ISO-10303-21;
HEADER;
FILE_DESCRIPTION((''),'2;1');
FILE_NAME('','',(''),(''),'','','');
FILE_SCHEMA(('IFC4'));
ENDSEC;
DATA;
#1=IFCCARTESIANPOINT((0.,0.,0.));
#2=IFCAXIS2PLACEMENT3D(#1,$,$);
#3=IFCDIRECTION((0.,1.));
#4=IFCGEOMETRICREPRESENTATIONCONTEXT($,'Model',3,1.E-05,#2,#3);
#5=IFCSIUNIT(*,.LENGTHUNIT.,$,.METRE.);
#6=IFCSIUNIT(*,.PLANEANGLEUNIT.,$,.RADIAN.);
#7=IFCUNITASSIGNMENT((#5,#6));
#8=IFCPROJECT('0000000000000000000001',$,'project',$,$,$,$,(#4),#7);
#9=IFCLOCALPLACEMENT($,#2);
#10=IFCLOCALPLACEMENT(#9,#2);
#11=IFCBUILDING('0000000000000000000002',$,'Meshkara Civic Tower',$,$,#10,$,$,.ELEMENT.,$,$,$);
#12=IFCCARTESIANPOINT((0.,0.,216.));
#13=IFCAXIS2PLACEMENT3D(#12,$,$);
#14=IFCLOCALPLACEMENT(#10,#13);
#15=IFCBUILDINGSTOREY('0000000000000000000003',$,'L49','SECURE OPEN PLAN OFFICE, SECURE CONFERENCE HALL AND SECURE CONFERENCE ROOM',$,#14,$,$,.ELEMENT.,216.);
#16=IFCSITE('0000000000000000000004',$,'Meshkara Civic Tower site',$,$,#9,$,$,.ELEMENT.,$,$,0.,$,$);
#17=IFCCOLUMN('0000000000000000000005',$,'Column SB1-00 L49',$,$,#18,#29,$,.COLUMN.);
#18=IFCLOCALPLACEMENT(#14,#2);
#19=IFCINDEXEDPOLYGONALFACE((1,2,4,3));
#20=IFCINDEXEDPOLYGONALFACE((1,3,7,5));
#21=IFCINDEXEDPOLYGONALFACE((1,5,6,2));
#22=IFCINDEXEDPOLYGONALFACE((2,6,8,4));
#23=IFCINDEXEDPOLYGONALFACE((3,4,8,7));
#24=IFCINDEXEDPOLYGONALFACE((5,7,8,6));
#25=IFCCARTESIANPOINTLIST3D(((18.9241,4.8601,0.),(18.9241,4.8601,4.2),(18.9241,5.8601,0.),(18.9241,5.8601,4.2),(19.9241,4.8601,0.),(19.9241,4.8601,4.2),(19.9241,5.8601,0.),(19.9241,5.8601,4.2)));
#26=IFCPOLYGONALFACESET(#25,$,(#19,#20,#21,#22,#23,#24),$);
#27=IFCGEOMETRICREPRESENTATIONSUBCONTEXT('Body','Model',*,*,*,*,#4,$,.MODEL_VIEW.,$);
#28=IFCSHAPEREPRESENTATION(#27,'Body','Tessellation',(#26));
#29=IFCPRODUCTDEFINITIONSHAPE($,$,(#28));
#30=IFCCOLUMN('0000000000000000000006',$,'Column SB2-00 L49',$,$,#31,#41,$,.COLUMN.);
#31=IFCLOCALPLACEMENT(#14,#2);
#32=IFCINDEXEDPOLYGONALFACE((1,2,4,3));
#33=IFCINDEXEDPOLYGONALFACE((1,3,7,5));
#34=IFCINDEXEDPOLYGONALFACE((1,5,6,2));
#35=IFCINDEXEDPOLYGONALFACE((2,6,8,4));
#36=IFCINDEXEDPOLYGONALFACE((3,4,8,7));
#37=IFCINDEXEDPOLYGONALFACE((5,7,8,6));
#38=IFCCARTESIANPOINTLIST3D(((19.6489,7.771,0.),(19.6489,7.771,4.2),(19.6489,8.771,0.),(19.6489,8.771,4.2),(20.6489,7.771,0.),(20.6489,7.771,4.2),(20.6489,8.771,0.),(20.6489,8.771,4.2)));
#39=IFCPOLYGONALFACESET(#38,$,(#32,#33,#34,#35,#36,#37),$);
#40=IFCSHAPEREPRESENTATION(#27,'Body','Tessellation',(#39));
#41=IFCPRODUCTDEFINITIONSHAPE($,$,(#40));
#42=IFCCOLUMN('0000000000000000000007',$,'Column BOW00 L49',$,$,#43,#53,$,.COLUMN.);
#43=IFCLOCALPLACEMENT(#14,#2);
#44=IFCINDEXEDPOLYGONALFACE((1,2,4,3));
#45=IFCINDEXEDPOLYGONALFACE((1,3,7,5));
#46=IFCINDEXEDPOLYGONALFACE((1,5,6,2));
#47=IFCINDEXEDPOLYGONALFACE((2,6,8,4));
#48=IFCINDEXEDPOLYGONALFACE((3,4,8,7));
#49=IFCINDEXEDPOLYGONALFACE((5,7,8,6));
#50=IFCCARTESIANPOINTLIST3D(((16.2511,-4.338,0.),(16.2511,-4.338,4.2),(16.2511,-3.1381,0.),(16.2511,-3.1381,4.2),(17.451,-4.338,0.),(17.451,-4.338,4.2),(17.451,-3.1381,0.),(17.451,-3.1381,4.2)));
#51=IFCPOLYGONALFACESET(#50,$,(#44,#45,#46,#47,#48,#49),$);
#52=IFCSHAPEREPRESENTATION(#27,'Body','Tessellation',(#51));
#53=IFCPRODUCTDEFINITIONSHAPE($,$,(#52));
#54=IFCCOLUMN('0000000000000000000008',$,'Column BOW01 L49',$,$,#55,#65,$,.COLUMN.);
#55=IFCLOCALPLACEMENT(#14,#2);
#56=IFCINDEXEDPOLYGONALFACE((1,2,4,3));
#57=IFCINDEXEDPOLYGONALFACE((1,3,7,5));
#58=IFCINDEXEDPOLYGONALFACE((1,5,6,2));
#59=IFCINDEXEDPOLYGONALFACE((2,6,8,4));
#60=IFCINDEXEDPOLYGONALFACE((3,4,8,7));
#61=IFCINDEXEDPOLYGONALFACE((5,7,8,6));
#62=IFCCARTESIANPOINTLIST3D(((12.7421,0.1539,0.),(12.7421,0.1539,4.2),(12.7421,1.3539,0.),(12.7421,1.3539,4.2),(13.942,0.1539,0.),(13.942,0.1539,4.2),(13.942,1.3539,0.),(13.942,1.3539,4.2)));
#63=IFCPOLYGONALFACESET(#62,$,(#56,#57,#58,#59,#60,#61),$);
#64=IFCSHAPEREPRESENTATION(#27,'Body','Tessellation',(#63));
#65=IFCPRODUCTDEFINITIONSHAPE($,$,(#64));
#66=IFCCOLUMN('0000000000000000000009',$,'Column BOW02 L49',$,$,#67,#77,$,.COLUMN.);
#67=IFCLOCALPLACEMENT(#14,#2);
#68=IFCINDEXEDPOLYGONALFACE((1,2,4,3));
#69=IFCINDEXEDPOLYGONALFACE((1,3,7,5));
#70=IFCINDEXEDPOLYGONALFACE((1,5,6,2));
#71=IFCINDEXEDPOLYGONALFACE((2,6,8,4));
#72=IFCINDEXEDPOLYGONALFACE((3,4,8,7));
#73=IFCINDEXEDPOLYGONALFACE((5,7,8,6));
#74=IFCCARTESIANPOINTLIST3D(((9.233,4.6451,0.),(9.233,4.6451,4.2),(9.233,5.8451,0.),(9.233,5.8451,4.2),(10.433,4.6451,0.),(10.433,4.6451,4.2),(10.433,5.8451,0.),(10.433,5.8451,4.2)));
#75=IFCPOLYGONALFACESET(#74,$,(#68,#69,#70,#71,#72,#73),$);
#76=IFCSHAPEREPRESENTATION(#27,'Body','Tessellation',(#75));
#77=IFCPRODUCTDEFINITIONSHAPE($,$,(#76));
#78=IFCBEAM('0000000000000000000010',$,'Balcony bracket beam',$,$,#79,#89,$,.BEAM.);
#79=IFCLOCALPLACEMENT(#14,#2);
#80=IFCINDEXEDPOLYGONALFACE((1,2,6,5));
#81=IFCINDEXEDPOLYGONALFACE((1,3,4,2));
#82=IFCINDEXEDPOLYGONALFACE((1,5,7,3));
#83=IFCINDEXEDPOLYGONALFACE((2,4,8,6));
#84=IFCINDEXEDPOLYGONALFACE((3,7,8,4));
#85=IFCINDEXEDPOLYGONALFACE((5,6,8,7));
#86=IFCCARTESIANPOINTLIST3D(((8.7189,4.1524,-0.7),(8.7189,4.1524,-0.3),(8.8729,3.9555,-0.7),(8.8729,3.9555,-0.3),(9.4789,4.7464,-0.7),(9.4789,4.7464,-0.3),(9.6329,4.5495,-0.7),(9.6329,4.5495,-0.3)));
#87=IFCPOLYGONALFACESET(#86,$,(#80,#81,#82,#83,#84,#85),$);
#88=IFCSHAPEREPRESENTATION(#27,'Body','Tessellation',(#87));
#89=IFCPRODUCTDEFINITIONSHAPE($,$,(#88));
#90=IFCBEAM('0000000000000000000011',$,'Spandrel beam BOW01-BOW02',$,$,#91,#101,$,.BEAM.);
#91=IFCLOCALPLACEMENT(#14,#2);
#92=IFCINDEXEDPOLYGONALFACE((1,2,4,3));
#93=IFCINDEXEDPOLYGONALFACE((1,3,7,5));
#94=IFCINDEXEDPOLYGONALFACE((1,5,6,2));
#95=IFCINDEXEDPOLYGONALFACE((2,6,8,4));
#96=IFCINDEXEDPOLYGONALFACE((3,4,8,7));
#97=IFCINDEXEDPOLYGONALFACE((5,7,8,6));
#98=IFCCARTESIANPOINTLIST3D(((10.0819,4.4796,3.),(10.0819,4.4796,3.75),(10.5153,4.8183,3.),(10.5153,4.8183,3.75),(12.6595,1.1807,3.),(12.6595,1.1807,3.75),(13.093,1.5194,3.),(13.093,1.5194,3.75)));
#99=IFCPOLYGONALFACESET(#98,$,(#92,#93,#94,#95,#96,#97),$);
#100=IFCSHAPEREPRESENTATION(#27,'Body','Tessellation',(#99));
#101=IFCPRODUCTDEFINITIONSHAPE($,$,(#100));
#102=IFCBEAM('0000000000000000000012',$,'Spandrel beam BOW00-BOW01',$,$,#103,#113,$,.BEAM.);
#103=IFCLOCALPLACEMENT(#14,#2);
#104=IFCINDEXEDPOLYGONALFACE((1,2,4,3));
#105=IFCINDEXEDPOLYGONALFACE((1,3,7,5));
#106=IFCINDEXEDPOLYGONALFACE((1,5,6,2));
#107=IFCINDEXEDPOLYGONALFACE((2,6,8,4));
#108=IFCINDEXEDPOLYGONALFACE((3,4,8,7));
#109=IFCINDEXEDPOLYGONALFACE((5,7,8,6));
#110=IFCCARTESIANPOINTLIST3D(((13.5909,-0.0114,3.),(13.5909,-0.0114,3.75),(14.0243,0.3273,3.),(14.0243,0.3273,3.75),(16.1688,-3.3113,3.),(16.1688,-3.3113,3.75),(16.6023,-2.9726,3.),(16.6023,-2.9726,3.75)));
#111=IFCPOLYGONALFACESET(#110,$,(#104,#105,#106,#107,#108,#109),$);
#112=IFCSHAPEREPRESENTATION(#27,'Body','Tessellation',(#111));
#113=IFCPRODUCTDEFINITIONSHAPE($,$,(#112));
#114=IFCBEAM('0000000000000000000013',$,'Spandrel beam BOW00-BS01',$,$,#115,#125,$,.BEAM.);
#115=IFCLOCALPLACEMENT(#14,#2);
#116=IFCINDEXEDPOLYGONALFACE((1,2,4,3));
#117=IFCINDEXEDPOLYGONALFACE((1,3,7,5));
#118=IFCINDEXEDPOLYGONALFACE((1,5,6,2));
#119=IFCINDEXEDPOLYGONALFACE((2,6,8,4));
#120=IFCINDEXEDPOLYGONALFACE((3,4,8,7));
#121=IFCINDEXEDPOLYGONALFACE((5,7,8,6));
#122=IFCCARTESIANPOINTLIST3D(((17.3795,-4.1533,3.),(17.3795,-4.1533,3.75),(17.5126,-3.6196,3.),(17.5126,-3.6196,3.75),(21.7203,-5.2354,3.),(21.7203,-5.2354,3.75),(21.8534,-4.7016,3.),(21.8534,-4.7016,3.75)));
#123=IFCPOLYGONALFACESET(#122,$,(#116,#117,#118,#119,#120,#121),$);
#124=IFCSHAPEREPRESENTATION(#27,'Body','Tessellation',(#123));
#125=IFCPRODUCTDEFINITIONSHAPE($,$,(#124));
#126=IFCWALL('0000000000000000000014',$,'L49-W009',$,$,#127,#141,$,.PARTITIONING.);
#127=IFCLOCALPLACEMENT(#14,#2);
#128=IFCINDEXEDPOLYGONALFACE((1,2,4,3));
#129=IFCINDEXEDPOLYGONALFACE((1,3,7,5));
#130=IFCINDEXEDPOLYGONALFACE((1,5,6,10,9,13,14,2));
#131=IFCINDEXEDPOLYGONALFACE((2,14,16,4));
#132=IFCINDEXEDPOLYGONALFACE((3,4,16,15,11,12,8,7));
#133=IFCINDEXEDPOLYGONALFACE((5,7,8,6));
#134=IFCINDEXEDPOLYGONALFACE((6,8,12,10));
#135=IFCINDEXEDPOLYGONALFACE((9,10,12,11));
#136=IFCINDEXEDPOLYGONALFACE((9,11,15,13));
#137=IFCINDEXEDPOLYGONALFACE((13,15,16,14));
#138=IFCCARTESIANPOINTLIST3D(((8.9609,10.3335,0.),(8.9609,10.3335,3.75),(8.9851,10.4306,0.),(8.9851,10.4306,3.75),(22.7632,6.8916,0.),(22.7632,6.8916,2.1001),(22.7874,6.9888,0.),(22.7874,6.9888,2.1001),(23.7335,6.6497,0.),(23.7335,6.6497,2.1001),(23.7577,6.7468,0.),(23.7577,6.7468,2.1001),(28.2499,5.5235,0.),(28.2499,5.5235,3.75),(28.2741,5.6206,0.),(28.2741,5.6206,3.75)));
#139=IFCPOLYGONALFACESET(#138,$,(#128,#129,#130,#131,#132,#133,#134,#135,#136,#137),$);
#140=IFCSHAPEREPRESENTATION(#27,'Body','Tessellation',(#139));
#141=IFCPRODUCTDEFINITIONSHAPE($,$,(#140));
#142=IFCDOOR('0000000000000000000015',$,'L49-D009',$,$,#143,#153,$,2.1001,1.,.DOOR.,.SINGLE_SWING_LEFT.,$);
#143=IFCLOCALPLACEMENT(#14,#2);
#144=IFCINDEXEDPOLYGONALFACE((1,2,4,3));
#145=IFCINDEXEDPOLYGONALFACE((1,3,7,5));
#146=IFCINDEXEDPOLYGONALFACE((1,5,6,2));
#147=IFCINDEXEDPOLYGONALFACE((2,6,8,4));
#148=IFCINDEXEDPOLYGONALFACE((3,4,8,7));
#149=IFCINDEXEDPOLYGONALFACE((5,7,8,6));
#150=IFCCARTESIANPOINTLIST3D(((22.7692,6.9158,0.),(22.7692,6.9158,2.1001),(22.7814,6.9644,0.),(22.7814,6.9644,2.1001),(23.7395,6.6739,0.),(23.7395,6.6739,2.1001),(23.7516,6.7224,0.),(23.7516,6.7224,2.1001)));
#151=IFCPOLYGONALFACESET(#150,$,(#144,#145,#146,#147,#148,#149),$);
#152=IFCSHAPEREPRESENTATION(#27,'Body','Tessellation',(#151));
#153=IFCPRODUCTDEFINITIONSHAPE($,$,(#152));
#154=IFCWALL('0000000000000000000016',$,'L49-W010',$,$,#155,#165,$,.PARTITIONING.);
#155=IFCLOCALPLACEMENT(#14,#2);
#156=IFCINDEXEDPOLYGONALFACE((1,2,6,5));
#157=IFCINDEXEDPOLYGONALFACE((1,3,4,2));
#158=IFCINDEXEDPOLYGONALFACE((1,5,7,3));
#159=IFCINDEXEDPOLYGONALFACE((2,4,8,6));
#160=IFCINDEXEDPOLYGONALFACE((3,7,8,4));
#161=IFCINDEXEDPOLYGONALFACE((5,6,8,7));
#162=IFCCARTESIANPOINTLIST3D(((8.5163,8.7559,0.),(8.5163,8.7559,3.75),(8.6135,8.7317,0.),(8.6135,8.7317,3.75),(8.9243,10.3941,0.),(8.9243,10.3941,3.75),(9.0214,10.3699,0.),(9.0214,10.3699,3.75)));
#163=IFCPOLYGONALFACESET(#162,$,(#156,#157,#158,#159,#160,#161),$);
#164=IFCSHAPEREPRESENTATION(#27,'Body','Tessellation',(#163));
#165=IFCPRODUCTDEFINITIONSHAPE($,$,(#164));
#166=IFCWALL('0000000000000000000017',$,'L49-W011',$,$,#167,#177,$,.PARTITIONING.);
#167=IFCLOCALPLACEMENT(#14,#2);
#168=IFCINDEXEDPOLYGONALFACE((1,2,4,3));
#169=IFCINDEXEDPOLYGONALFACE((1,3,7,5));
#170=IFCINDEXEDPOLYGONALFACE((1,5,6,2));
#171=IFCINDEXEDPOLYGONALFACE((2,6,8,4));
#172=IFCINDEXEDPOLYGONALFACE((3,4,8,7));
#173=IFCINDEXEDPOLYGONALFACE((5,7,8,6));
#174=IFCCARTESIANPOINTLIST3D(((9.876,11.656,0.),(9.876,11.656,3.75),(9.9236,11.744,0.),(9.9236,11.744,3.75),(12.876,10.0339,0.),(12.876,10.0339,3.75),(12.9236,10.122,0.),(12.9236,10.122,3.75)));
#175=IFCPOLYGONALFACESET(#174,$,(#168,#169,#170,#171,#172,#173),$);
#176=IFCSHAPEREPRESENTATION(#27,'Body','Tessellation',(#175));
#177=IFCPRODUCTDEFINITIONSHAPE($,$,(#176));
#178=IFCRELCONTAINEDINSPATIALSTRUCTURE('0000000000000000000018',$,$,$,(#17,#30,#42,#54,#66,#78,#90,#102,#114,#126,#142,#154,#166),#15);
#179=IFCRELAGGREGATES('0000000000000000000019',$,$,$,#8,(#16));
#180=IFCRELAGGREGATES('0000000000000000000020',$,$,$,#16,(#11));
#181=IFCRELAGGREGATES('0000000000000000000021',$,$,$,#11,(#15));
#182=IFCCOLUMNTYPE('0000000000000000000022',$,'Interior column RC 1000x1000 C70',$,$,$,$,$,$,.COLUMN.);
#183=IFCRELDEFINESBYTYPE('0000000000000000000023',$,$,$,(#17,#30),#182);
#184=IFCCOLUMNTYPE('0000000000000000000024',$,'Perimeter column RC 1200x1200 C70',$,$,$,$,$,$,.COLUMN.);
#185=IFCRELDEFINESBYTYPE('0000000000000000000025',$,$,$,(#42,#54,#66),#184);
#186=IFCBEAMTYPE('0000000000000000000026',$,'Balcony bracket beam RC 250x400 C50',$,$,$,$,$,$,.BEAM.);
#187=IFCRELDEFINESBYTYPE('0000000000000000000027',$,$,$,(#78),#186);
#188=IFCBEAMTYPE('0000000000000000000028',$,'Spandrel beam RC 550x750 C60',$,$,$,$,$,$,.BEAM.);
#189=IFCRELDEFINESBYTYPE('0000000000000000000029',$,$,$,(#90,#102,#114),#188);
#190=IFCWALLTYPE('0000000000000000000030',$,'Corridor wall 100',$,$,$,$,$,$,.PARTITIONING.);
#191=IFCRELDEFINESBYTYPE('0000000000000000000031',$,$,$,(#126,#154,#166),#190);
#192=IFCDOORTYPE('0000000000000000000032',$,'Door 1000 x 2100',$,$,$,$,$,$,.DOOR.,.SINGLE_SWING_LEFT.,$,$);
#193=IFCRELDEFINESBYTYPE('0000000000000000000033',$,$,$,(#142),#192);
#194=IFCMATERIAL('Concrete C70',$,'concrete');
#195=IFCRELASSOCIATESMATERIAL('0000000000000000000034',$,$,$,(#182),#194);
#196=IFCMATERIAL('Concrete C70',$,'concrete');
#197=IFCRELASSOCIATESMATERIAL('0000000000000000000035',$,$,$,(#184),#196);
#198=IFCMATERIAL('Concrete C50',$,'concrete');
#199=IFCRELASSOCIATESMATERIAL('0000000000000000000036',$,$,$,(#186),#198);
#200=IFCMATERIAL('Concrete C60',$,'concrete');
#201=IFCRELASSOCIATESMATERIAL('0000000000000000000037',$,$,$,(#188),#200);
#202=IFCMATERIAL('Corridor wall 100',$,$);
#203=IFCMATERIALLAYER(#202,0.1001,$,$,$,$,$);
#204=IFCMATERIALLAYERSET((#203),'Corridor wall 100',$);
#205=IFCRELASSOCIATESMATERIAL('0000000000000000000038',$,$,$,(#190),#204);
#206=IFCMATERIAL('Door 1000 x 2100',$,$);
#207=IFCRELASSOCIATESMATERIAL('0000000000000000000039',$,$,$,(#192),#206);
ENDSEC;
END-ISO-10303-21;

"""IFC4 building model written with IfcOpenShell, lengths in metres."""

from ifc_helpers import new_model, si_unit, direction, frame, frame_2d, origin, origin_2d, place, context, subcontext, project, spatial, rectangle, extrude, material, layer, layer_set, material_profile, profile_set, type_object, element, fill, save


model = new_model("IFC4")

# Units and contexts
model_context = context("Model", 3, precision=1e-05, world=origin(), true_north=direction((0.0, 1.0)))
body_context = subcontext(model_context, "Body", "Model", "MODEL_VIEW")
ifc_project = project(units=[si_unit("LENGTHUNIT", "METRE"), si_unit("PLANEANGLEUNIT", "RADIAN")], contexts=[model_context])

# Site, building, storey
site_placement = place(None, origin())
site = spatial("IfcSite", under=ifc_project, at=site_placement, Name="Meshkara Civic Tower site", CompositionType="ELEMENT", RefElevation=0.0)
building_placement = place(site_placement, origin())
building = spatial("IfcBuilding", under=site, at=building_placement, Name="Meshkara Civic Tower", CompositionType="ELEMENT")
storey_placement = place(building_placement, frame((0.0, 0.0, 216.0)))
storey = spatial("IfcBuildingStorey", under=building, at=storey_placement, Name="L49", Description="SECURE OPEN PLAN OFFICE, SECURE CONFERENCE HALL AND SECURE CONFERENCE ROOM", CompositionType="ELEMENT", Elevation=216.0)

# Columns
ifc_material_1 = material(Name="Concrete C70", Category="concrete")
ifc_material_profile_1 = material_profile(ifc_material_1, rectangle(XDim=1.0, YDim=1.0, at=origin_2d()))
ifc_profile_set_1 = profile_set([ifc_material_profile_1], Name="Concrete C70")
column_type_1 = type_object("IfcColumnType", Name="Interior column RC 1000x1000 C70", PredefinedType="COLUMN", material=ifc_profile_set_1)
for number, where, z_axis, x_axis, name in (
    (1, (19.4241, 5.3601, 0.0), (0.0, 0.0, 1.0), (1.0, 0.0, 0.0), "Column SB1-00 L49"),
    (2, (20.1489, 8.271, 0.0), (0.0, 0.0, 1.0), (1.0, 0.0, 0.0), "Column SB2-00 L49"),
):
    element("IfcColumn", number, at=place(storey_placement, frame(where, z_axis=z_axis, x_axis=x_axis)), inside=storey, type_object=column_type_1, Name=name, PredefinedType="COLUMN", context=body_context, shape_type="SweptSolid", body=[
        extrude(rectangle(XDim=1.0, YDim=1.0, at=origin_2d()), origin(), (0.0, 0.0, 1.0), 4.2),
    ])
ifc_material_2 = material(Name="Concrete C70", Category="concrete")
ifc_material_profile_2 = material_profile(ifc_material_2, rectangle(XDim=1.2, YDim=1.2, at=origin_2d()))
ifc_profile_set_2 = profile_set([ifc_material_profile_2], Name="Concrete C70")
column_type_2 = type_object("IfcColumnType", Name="Perimeter column RC 1200x1200 C70", PredefinedType="COLUMN", material=ifc_profile_set_2)
for number, where, z_axis, x_axis, name in (
    (3, (16.8511, -3.738, 0.0), (0.0, 0.0, 1.0), (1.0, 0.0, 0.0), "Column BOW00 L49"),
    (4, (13.342, 0.7539, 0.0), (0.0, 0.0, 1.0), (1.0, 0.0, 0.0), "Column BOW01 L49"),
    (5, (9.833, 5.2451, 0.0), (0.0, 0.0, 1.0), (1.0, 0.0, 0.0), "Column BOW02 L49"),
):
    element("IfcColumn", number, at=place(storey_placement, frame(where, z_axis=z_axis, x_axis=x_axis)), inside=storey, type_object=column_type_2, Name=name, PredefinedType="COLUMN", context=body_context, shape_type="SweptSolid", body=[
        extrude(rectangle(XDim=1.2, YDim=1.2, at=origin_2d()), origin(), (0.0, 0.0, 1.0), 4.2),
    ])

# Beams
ifc_material_3 = material(Name="Concrete C50", Category="concrete")
ifc_material_profile_3 = material_profile(ifc_material_3, rectangle(XDim=0.25, YDim=0.3999, at=origin_2d()))
ifc_profile_set_3 = profile_set([ifc_material_profile_3], Name="Concrete C50")
beam_type_1 = type_object("IfcBeamType", Name="Balcony bracket beam RC 250x400 C50", PredefinedType="BEAM", material=ifc_profile_set_3)
beam_1_placement = place(storey_placement, frame((9.5559, 4.6479, -0.5), z_axis=(-0.787905, -0.615796, 0.0), x_axis=(0.615796, -0.787905, 0.0)))
element("IfcBeam", 6, at=beam_1_placement, inside=storey, type_object=beam_type_1, Name="Balcony bracket beam", PredefinedType="BEAM", context=body_context, shape_type="SweptSolid", body=[
    extrude(rectangle(XDim=0.25, YDim=0.3999, at=origin_2d()), origin(), (0.0, 0.0, 1.0), 0.9646),
])
ifc_material_4 = material(Name="Concrete C60", Category="concrete")
ifc_material_profile_4 = material_profile(ifc_material_4, rectangle(XDim=0.55, YDim=0.75, at=origin_2d()))
ifc_profile_set_4 = profile_set([ifc_material_profile_4], Name="Concrete C60")
beam_type_2 = type_object("IfcBeamType", Name="Spandrel beam RC 550x750 C60", PredefinedType="BEAM", material=ifc_profile_set_4)
beam_2_placement = place(storey_placement, frame((10.2986, 4.6489, 3.375), z_axis=(0.615707, -0.787975, 0.0), x_axis=(0.787975, 0.615707, 0.0)))
element("IfcBeam", 7, at=beam_2_placement, inside=storey, type_object=beam_type_2, Name="Spandrel beam BOW01-BOW02", PredefinedType="BEAM", context=body_context, shape_type="SweptSolid", body=[
    extrude(rectangle(XDim=0.55, YDim=0.75, at=origin_2d()), origin(), (0.0, 0.0, 1.0), 4.1865),
])
beam_3_placement = place(storey_placement, frame((13.8076, 0.158, 3.375), z_axis=(0.61563, -0.788035, 0.0), x_axis=(0.788035, 0.61563, 0.0)))
element("IfcBeam", 8, at=beam_3_placement, inside=storey, type_object=beam_type_2, Name="Spandrel beam BOW00-BOW01", PredefinedType="BEAM", context=body_context, shape_type="SweptSolid", body=[
    extrude(rectangle(XDim=0.55, YDim=0.75, at=origin_2d()), origin(), (0.0, 0.0, 1.0), 4.1875),
])
beam_4_placement = place(storey_placement, frame((17.446, -3.8865, 3.375), z_axis=(0.970309, -0.241868, 0.0), x_axis=(0.241868, 0.970309, 0.0)))
element("IfcBeam", 9, at=beam_4_placement, inside=storey, type_object=beam_type_2, Name="Spandrel beam BOW00-BS01", PredefinedType="BEAM", context=body_context, shape_type="SweptSolid", body=[
    extrude(rectangle(XDim=0.55, YDim=0.75, at=origin_2d()), origin(), (0.0, 0.0, 1.0), 4.4736),
])

# Wall, opening, door
ifc_material_5 = material(Name="Corridor wall 100")
ifc_layer_1 = layer(ifc_material_5, 0.1001)
ifc_layer_set_1 = layer_set([ifc_layer_1], Name="Corridor wall 100")
wall_type_1 = type_object("IfcWallType", Name="Corridor wall 100", PredefinedType="PARTITIONING", material=ifc_layer_set_1)
wall_1_placement = place(storey_placement, frame((8.9729, 10.3821, 0.0), z_axis=(0.0, 0.0, 1.0), x_axis=(0.970287, -0.241958, 0.0)))
wall_1 = element("IfcWall", 10, at=wall_1_placement, inside=storey, type_object=wall_type_1, Name="L49-W009", PredefinedType="PARTITIONING", context=body_context, shape_type="SweptSolid", body=[
    extrude(rectangle(XDim=19.8796, YDim=0.1001, at=frame_2d((9.9399, 0.0))), origin(), (0.0, 0.0, 1.0), 3.75),
])
opening_1_placement = place(wall_1_placement, frame((14.2251, 0.0, 0.0)))
opening_1 = element("IfcOpeningElement", 11, at=opening_1_placement, cuts=wall_1, PredefinedType="OPENING", context=body_context, shape_type="SweptSolid", body=[
    extrude(rectangle(XDim=1.0, YDim=2.1001, at=frame_2d((0.5, 1.05))), frame((0.0, 0.0601, 0.0), z_axis=(0.0, -1.0, 0.0), x_axis=(1.0, 0.0, 0.0)), (0.0, 0.0, 1.0), 0.1201),
])
ifc_material_6 = material(Name="Door 1000 x 2100")
door_type_1 = type_object("IfcDoorType", Name="Door 1000 x 2100", OperationType="SINGLE_SWING_LEFT", PredefinedType="DOOR", material=ifc_material_6)
door_1_placement = place(opening_1_placement, origin())
door_1 = element("IfcDoor", 12, at=door_1_placement, inside=storey, type_object=door_type_1, Name="L49-D009", OperationType="SINGLE_SWING_LEFT", OverallHeight=2.1001, OverallWidth=1.0, PredefinedType="DOOR", context=body_context, shape_type="SweptSolid", body=[
    extrude(rectangle(XDim=1.0, YDim=2.1001, at=frame_2d((0.5, 1.05))), frame((0.0, 0.0249, 0.0), z_axis=(0.0, -1.0, 0.0), x_axis=(1.0, 0.0, 0.0)), (0.0, 0.0, 1.0), 0.05),
])
fill(opening_1, door_1)

# Walls
wall_2_placement = place(storey_placement, frame((8.9729, 10.3821, 0.0), z_axis=(0.0, 0.0, 1.0), x_axis=(-0.241651, -0.970363, 0.0)))
element("IfcWall", 13, at=wall_2_placement, inside=storey, type_object=wall_type_1, Name="L49-W010", PredefinedType="PARTITIONING", context=body_context, shape_type="SweptSolid", body=[
    extrude(rectangle(XDim=1.6882, YDim=0.1001, at=frame_2d((0.8442, 0.0))), origin(), (0.0, 0.0, 1.0), 3.75),
])
wall_3_placement = place(storey_placement, frame((9.8999, 11.7, 0.0), z_axis=(0.0, 0.0, 1.0), x_axis=(0.879651, -0.475619, 0.0)))
element("IfcWall", 14, at=wall_3_placement, inside=storey, type_object=wall_type_1, Name="L49-W011", PredefinedType="PARTITIONING", context=body_context, shape_type="SweptSolid", body=[
    extrude(rectangle(XDim=3.4104, YDim=0.1001, at=frame_2d((1.7051, 0.0))), origin(), (0.0, 0.0, 1.0), 3.75),
])

save(model, "model.ifc")
